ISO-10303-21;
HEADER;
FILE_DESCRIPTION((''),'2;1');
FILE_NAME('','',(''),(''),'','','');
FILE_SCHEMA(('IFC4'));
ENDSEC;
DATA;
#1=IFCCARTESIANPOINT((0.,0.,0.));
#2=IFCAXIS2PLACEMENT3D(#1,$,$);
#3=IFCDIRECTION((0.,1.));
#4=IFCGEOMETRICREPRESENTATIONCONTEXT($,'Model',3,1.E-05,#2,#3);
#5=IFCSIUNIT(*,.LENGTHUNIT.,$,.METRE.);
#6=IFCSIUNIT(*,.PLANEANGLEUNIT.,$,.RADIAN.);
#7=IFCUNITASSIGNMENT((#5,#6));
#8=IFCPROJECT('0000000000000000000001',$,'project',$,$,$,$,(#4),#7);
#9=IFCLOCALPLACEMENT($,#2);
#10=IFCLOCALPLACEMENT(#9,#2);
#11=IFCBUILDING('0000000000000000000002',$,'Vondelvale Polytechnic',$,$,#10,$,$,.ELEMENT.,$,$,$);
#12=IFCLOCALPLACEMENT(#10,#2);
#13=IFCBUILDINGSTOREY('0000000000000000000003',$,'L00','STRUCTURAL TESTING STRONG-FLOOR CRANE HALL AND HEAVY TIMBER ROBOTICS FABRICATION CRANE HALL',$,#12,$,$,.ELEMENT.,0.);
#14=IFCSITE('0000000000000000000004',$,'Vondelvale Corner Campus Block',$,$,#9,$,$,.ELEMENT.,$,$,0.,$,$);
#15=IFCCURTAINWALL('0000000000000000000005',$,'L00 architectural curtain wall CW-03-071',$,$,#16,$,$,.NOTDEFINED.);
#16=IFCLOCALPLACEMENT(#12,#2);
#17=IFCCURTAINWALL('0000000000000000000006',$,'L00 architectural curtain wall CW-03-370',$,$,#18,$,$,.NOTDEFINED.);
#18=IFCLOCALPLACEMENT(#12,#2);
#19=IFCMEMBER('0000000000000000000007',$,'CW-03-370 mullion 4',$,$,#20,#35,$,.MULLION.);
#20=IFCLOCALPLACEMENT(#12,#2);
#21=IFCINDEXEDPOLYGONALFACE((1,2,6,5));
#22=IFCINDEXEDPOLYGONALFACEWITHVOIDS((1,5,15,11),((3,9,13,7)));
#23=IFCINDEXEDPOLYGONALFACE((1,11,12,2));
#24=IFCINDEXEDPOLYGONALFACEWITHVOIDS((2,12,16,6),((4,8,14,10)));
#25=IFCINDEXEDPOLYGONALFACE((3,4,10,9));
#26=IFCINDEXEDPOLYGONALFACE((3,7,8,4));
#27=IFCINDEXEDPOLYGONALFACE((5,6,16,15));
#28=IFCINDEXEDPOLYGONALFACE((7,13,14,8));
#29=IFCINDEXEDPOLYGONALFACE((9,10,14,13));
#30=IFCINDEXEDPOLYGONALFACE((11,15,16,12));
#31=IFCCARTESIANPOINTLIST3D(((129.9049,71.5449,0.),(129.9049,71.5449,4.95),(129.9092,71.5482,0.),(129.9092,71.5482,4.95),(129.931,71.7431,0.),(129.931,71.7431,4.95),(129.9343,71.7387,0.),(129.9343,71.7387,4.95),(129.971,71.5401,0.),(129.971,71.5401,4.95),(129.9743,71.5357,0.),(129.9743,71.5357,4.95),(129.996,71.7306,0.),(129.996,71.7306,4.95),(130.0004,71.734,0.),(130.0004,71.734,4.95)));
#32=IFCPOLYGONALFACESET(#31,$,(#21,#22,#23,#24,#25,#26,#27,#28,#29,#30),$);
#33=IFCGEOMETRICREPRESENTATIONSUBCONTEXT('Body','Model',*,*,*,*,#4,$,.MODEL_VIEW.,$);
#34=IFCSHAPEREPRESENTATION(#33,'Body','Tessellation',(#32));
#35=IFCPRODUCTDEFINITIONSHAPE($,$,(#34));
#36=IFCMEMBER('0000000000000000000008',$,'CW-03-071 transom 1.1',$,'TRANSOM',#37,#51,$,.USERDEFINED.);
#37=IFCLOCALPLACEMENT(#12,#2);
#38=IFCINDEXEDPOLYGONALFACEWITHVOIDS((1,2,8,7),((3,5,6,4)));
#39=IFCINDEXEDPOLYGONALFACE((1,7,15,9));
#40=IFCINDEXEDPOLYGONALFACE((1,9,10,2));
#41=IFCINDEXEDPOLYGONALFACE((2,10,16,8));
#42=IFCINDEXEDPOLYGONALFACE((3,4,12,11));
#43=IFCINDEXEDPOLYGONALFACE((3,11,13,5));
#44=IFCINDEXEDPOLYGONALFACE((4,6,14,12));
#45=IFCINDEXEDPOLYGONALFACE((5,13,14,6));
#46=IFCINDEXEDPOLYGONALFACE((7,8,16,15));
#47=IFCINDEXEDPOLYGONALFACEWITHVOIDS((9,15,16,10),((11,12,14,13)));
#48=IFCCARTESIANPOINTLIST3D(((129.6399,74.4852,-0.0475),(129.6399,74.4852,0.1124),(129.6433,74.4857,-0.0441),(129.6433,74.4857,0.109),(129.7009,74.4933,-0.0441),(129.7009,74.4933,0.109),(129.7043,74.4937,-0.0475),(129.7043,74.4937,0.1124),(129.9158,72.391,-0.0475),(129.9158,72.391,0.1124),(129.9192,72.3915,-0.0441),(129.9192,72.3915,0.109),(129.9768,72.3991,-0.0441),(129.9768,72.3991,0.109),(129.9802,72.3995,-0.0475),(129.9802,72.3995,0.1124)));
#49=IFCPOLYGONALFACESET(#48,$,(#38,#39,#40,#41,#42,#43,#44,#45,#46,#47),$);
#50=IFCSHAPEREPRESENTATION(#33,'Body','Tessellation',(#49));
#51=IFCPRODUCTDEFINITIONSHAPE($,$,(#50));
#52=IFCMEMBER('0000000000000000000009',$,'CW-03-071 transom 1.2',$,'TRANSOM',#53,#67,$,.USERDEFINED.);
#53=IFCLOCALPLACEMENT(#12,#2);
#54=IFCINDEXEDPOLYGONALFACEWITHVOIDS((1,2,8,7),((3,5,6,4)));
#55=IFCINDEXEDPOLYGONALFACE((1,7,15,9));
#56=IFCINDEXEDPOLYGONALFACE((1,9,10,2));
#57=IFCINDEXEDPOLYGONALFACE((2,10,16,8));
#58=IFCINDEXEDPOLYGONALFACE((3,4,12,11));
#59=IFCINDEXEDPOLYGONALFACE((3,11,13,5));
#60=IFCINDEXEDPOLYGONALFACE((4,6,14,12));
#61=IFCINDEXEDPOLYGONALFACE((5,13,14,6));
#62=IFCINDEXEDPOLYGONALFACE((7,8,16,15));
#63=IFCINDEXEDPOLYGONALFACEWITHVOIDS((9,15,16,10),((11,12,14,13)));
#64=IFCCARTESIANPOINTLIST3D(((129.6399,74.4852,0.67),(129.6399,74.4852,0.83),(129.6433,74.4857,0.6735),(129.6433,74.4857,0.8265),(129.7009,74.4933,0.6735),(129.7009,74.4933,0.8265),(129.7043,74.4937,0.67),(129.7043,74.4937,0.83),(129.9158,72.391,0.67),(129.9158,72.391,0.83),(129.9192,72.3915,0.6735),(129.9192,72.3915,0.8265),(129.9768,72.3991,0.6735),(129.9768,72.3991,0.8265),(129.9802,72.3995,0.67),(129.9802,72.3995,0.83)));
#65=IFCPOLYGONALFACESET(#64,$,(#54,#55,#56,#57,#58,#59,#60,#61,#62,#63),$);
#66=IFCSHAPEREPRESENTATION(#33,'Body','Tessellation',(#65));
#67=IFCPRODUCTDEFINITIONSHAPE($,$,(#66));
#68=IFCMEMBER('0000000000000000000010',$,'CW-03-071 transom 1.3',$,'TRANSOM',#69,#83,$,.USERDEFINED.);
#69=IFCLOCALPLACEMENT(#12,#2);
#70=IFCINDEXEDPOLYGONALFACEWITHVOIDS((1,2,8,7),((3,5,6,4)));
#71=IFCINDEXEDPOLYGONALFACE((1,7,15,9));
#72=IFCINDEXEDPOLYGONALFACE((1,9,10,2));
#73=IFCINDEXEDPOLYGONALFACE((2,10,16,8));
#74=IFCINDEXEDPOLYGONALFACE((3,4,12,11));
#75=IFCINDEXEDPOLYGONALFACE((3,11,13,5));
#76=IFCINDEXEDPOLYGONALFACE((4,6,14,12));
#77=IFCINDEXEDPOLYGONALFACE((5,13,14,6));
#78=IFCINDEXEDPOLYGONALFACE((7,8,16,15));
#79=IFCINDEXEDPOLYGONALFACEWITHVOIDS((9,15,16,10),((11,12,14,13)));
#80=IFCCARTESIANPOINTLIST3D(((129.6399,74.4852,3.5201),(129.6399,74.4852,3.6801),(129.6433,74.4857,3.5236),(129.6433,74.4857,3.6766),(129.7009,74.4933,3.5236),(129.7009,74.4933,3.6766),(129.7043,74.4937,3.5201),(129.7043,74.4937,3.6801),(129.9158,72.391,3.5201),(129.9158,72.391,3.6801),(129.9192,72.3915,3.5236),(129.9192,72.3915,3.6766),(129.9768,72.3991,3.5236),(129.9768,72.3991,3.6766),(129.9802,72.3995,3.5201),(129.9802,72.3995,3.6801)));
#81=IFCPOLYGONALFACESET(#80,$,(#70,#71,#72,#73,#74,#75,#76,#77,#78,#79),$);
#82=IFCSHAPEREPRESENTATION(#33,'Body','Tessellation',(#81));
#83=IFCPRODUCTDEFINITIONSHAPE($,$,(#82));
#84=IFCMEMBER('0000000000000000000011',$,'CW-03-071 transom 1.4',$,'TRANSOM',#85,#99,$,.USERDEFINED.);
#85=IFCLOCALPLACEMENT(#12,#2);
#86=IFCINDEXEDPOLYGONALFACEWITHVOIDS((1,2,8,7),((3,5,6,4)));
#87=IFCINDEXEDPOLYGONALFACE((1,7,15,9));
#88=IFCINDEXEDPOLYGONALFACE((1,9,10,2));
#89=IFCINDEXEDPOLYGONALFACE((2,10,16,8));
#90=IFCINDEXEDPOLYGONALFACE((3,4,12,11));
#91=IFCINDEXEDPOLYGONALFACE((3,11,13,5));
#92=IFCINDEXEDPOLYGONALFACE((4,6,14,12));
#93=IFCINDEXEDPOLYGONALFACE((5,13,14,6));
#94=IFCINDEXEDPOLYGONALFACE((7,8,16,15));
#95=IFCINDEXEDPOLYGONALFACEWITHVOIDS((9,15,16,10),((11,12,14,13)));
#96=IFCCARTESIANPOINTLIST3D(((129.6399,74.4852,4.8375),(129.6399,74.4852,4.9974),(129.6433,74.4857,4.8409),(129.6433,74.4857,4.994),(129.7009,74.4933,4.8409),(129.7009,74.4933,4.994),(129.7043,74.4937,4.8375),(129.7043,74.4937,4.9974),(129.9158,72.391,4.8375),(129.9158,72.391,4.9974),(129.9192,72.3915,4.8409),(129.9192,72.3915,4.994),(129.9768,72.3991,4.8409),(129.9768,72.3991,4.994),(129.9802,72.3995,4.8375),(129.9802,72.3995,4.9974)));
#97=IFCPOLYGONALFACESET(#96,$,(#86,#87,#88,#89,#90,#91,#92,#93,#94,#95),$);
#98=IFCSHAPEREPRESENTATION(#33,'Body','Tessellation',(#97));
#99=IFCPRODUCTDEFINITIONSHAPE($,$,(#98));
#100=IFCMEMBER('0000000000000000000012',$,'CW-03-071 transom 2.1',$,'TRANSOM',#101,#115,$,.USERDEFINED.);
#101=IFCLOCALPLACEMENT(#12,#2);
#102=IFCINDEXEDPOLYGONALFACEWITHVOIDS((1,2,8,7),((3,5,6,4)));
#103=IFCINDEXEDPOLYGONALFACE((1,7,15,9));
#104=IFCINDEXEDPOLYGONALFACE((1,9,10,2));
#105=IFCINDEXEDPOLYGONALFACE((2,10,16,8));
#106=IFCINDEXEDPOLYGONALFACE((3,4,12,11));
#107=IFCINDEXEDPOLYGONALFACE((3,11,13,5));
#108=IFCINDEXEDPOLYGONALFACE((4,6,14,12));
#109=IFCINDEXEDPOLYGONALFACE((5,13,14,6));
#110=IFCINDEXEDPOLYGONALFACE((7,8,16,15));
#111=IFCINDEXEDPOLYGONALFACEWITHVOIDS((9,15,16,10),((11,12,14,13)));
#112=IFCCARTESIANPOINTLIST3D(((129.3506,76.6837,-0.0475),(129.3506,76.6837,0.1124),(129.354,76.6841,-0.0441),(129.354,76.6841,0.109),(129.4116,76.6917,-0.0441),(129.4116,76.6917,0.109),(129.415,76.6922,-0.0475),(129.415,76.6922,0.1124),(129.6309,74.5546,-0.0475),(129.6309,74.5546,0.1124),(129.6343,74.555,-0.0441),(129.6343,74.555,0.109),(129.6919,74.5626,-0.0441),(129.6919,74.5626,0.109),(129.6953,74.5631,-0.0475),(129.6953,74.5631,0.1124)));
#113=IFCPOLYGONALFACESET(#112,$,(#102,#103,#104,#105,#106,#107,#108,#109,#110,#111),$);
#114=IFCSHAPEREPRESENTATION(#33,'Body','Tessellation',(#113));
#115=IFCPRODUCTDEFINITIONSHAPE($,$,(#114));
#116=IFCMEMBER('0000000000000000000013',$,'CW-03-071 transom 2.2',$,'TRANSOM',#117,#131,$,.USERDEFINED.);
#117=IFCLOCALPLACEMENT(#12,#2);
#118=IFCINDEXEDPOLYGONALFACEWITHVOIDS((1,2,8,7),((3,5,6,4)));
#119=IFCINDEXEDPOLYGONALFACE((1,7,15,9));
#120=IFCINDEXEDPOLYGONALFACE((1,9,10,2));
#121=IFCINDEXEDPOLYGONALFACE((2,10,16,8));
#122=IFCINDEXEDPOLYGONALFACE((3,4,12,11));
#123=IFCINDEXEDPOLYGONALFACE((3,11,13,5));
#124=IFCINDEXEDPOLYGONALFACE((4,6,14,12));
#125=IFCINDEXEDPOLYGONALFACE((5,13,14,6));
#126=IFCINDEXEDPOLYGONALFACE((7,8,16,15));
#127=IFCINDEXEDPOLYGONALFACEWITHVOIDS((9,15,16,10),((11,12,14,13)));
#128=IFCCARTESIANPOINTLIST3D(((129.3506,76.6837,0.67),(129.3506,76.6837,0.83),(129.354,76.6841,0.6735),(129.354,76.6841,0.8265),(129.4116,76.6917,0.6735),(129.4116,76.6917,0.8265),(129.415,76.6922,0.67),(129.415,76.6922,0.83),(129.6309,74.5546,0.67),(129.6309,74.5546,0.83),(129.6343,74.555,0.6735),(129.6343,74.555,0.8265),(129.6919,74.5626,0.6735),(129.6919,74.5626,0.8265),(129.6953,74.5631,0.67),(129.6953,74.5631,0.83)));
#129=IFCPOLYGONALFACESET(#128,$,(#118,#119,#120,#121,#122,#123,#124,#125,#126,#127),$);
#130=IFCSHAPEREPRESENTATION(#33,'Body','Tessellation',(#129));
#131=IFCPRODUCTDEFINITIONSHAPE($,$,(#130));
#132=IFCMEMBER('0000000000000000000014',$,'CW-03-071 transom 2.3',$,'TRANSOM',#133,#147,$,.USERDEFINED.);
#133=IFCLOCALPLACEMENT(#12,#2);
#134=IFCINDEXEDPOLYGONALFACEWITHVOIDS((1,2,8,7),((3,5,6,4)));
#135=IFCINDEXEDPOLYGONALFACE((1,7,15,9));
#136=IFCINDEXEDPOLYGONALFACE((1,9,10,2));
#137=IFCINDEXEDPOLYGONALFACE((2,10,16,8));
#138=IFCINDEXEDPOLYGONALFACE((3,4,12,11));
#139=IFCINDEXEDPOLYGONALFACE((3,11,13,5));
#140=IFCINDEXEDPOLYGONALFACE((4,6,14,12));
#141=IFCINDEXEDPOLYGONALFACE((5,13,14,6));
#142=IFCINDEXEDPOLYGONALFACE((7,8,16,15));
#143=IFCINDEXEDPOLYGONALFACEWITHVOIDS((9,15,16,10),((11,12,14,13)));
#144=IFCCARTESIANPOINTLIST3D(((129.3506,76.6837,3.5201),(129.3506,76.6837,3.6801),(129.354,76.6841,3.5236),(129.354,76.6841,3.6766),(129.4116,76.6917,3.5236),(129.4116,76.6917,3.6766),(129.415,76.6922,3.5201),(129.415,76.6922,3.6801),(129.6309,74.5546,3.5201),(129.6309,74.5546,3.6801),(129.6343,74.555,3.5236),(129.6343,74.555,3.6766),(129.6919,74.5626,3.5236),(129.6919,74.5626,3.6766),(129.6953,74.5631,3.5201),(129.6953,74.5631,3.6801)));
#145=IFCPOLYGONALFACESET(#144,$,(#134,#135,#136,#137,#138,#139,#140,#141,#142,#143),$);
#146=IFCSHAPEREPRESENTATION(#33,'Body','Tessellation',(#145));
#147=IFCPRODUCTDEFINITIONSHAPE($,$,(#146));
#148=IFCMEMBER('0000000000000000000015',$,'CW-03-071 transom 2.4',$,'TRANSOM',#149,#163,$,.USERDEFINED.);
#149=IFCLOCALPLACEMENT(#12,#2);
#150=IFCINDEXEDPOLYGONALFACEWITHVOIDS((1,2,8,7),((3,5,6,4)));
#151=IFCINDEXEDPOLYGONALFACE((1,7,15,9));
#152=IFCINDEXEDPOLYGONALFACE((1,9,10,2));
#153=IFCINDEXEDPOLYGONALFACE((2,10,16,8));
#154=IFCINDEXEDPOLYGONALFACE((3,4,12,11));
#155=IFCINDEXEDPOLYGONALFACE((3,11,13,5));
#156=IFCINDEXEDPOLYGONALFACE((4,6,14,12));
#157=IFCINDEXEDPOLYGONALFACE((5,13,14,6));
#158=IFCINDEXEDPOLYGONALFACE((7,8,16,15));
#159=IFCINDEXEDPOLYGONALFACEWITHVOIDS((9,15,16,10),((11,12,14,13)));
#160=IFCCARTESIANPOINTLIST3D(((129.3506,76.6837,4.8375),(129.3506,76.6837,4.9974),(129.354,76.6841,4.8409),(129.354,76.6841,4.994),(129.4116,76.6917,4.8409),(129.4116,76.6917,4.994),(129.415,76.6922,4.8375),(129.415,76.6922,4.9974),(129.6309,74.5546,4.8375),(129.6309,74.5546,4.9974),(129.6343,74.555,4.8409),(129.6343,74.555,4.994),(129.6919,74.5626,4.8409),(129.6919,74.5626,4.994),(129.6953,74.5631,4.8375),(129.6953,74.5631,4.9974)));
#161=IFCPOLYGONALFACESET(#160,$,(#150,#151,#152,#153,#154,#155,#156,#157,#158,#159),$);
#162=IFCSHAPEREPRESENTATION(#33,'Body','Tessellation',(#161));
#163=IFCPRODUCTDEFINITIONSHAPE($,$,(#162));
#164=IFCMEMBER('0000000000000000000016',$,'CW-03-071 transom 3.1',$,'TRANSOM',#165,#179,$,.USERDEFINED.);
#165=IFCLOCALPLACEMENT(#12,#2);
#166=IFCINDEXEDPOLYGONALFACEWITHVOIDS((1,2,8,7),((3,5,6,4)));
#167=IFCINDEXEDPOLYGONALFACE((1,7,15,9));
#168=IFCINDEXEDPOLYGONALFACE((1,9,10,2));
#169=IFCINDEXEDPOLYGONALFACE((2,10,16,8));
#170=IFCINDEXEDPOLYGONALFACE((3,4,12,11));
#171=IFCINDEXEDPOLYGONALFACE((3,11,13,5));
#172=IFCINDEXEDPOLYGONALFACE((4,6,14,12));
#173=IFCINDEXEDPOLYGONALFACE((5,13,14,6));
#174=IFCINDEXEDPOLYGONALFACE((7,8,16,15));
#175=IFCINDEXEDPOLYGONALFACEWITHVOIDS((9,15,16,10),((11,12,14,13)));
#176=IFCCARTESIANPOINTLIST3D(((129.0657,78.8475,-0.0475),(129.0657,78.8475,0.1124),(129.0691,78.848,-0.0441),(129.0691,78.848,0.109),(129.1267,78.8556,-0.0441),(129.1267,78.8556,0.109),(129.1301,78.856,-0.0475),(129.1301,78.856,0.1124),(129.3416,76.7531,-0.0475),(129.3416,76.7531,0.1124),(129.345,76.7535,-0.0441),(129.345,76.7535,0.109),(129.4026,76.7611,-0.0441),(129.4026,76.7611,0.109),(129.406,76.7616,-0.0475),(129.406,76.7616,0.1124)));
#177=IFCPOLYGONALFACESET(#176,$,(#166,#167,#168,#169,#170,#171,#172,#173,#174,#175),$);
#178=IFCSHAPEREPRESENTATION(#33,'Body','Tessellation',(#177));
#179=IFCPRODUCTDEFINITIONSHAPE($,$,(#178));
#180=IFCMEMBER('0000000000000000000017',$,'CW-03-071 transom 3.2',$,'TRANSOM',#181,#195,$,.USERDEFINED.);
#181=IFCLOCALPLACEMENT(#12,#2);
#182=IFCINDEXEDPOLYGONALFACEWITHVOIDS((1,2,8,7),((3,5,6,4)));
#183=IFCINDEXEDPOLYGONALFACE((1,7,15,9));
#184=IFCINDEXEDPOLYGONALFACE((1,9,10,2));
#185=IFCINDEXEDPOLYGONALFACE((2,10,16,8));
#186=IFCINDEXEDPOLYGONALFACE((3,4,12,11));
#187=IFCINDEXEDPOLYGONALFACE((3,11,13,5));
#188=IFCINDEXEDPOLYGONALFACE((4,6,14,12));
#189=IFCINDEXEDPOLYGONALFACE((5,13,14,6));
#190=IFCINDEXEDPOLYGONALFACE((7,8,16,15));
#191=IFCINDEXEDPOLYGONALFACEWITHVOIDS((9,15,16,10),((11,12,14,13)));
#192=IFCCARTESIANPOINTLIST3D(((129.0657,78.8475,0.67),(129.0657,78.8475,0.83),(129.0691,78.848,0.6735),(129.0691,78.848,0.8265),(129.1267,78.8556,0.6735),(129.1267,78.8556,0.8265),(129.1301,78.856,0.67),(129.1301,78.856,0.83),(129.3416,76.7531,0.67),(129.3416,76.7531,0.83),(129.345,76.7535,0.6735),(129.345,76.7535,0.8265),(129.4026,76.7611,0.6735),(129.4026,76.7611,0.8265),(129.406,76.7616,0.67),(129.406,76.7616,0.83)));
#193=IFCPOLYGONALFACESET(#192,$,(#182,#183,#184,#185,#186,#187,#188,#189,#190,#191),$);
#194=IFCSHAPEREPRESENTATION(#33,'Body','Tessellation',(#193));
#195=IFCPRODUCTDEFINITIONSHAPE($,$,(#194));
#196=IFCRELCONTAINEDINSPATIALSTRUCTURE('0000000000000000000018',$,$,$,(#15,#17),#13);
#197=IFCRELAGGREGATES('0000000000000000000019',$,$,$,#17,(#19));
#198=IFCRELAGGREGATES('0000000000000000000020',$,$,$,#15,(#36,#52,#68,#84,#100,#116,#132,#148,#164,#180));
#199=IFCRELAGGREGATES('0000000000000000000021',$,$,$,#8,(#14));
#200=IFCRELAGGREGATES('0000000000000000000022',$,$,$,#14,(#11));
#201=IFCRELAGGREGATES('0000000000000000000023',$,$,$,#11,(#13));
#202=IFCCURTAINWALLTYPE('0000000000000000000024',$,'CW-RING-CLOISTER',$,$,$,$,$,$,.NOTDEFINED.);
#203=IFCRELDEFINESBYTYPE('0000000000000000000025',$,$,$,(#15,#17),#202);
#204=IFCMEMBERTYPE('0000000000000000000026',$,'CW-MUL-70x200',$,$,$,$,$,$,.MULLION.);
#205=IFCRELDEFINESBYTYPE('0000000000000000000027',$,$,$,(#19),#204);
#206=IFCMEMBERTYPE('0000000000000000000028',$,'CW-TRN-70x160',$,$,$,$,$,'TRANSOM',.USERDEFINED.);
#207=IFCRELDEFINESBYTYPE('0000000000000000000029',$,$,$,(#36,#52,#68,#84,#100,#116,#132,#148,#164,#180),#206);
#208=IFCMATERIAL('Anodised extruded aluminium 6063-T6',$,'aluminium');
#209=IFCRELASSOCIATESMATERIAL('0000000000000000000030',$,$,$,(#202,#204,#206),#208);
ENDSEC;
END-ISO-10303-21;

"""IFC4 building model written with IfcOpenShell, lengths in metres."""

from ifc_helpers import new_model, si_unit, direction, frame, origin, origin_2d, place, context, subcontext, project, spatial, hollow_rectangle, extrude, material, material_profile, profile_set, type_object, element, aggregate, save


model = new_model("IFC4")

# Units and contexts
model_context = context("Model", 3, precision=1e-05, world=origin(), true_north=direction((0.0, 1.0)))
body_context = subcontext(model_context, "Body", "Model", "MODEL_VIEW")
ifc_project = project(units=[si_unit("LENGTHUNIT", "METRE"), si_unit("PLANEANGLEUNIT", "RADIAN")], contexts=[model_context])

# Site, building, storey
site_placement = place(None, origin())
site = spatial("IfcSite", under=ifc_project, at=site_placement, Name="Vondelvale Corner Campus Block", CompositionType="ELEMENT", RefElevation=0.0)
building_placement = place(site_placement, origin())
building = spatial("IfcBuilding", under=site, at=building_placement, Name="Vondelvale Polytechnic", CompositionType="ELEMENT")
storey_placement = place(building_placement, origin())
storey = spatial("IfcBuildingStorey", under=building, at=storey_placement, Name="L00", Description="STRUCTURAL TESTING STRONG-FLOOR CRANE HALL AND HEAVY TIMBER ROBOTICS FABRICATION CRANE HALL", CompositionType="ELEMENT", Elevation=0.0)

# Curtain wall
ifc_material_1 = material(Name="Anodised extruded aluminium 6063-T6", Category="aluminium")
curtain_wall_type = type_object("IfcCurtainWallType", Name="CW-RING-CLOISTER", PredefinedType="NOTDEFINED", material=ifc_material_1)
curtain_wall_1_placement = place(storey_placement, origin())
curtain_wall_1 = element("IfcCurtainWall", 1, at=curtain_wall_1_placement, inside=storey, type_object=curtain_wall_type, Name="L00 architectural curtain wall CW-03-071", PredefinedType="NOTDEFINED")
ifc_material_profile_1 = material_profile(ifc_material_1, hollow_rectangle(XDim=0.0701, YDim=0.2, WallThickness=0.0039, at=origin_2d()), Name="CW-MUL-200x70")
ifc_profile_set_1 = profile_set([ifc_material_profile_1], Name="Anodised extruded aluminium 6063-T6")
member_type_1 = type_object("IfcMemberType", Name="CW-MUL-70x200", PredefinedType="MULLION", material=ifc_profile_set_1)

# Curtain wall, member
curtain_wall_2_placement = place(storey_placement, origin())
curtain_wall_2 = element("IfcCurtainWall", 2, at=curtain_wall_2_placement, inside=storey, type_object=curtain_wall_type, Name="L00 architectural curtain wall CW-03-370", PredefinedType="NOTDEFINED")
member_1_placement = place(storey_placement, frame((129.9526, 71.6394, 0.0), z_axis=(0.0, 0.0, 1.0), x_axis=(-0.991445, 0.130528, 0.0)))
member_1 = element("IfcMember", 3, at=member_1_placement, type_object=member_type_1, Name="CW-03-370 mullion 4", PredefinedType="MULLION", context=body_context, shape_type="SweptSolid", body=[
    extrude(hollow_rectangle(XDim=0.0701, YDim=0.2, WallThickness=0.0039, at=origin_2d()), origin(), (0.0, 0.0, 1.0), 4.95),
])

# Members
ifc_material_profile_2 = material_profile(ifc_material_1, hollow_rectangle(XDim=0.0649, YDim=0.1599, WallThickness=0.0034, at=origin_2d()), Name="CW-TRN-160x65")
ifc_profile_set_2 = profile_set([ifc_material_profile_2], Name="Anodised extruded aluminium 6063-T6")
member_type_2 = type_object("IfcMemberType", Name="CW-TRN-70x160", ElementType="TRANSOM", PredefinedType="USERDEFINED", material=ifc_profile_set_2)
member_2_placement = place(storey_placement, frame((129.948, 72.3953, 0.0325), z_axis=(-0.130604, 0.991435, 0.0), x_axis=(-0.991435, -0.130604, 0.0)))
member_2 = element("IfcMember", 4, at=member_2_placement, type_object=member_type_2, Name="CW-03-071 transom 1.1", ObjectType="TRANSOM", PredefinedType="USERDEFINED", context=body_context, shape_type="SweptSolid", body=[
    extrude(hollow_rectangle(XDim=0.0649, YDim=0.1599, WallThickness=0.0034, at=origin_2d()), origin(), (0.0, 0.0, 1.0), 2.1123),
])
member_3_placement = place(storey_placement, frame((129.948, 72.3953, 0.75), z_axis=(-0.130604, 0.991435, 0.0), x_axis=(-0.991435, -0.130604, 0.0)))
member_3 = element("IfcMember", 5, at=member_3_placement, type_object=member_type_2, Name="CW-03-071 transom 1.2", ObjectType="TRANSOM", PredefinedType="USERDEFINED", context=body_context, shape_type="SweptSolid", body=[
    extrude(hollow_rectangle(XDim=0.0649, YDim=0.1599, WallThickness=0.0034, at=origin_2d()), origin(), (0.0, 0.0, 1.0), 2.1123),
])
member_4_placement = place(storey_placement, frame((129.948, 72.3953, 3.6001), z_axis=(-0.130604, 0.991435, 0.0), x_axis=(-0.991435, -0.130604, 0.0)))
member_4 = element("IfcMember", 6, at=member_4_placement, type_object=member_type_2, Name="CW-03-071 transom 1.3", ObjectType="TRANSOM", PredefinedType="USERDEFINED", context=body_context, shape_type="SweptSolid", body=[
    extrude(hollow_rectangle(XDim=0.0649, YDim=0.1599, WallThickness=0.0034, at=origin_2d()), origin(), (0.0, 0.0, 1.0), 2.1123),
])
member_5_placement = place(storey_placement, frame((129.948, 72.3953, 4.9175), z_axis=(-0.130604, 0.991435, 0.0), x_axis=(-0.991435, -0.130604, 0.0)))
member_5 = element("IfcMember", 7, at=member_5_placement, type_object=member_type_2, Name="CW-03-071 transom 1.4", ObjectType="TRANSOM", PredefinedType="USERDEFINED", context=body_context, shape_type="SweptSolid", body=[
    extrude(hollow_rectangle(XDim=0.0649, YDim=0.1599, WallThickness=0.0034, at=origin_2d()), origin(), (0.0, 0.0, 1.0), 2.1123),
])
member_6_placement = place(storey_placement, frame((129.6631, 74.5588, 0.0325), z_axis=(-0.13051, 0.991447, 0.0), x_axis=(-0.991447, -0.13051, 0.0)))
member_6 = element("IfcMember", 8, at=member_6_placement, type_object=member_type_2, Name="CW-03-071 transom 2.1", ObjectType="TRANSOM", PredefinedType="USERDEFINED", context=body_context, shape_type="SweptSolid", body=[
    extrude(hollow_rectangle(XDim=0.0649, YDim=0.1599, WallThickness=0.0034, at=origin_2d()), origin(), (0.0, 0.0, 1.0), 2.1475),
])
member_7_placement = place(storey_placement, frame((129.6631, 74.5588, 0.75), z_axis=(-0.13051, 0.991447, 0.0), x_axis=(-0.991447, -0.13051, 0.0)))
member_7 = element("IfcMember", 9, at=member_7_placement, type_object=member_type_2, Name="CW-03-071 transom 2.2", ObjectType="TRANSOM", PredefinedType="USERDEFINED", context=body_context, shape_type="SweptSolid", body=[
    extrude(hollow_rectangle(XDim=0.0649, YDim=0.1599, WallThickness=0.0034, at=origin_2d()), origin(), (0.0, 0.0, 1.0), 2.1475),
])
member_8_placement = place(storey_placement, frame((129.6631, 74.5588, 3.6001), z_axis=(-0.13051, 0.991447, 0.0), x_axis=(-0.991447, -0.13051, 0.0)))
member_8 = element("IfcMember", 10, at=member_8_placement, type_object=member_type_2, Name="CW-03-071 transom 2.3", ObjectType="TRANSOM", PredefinedType="USERDEFINED", context=body_context, shape_type="SweptSolid", body=[
    extrude(hollow_rectangle(XDim=0.0649, YDim=0.1599, WallThickness=0.0034, at=origin_2d()), origin(), (0.0, 0.0, 1.0), 2.1475),
])
member_9_placement = place(storey_placement, frame((129.6631, 74.5588, 4.9175), z_axis=(-0.13051, 0.991447, 0.0), x_axis=(-0.991447, -0.13051, 0.0)))
member_9 = element("IfcMember", 11, at=member_9_placement, type_object=member_type_2, Name="CW-03-071 transom 2.4", ObjectType="TRANSOM", PredefinedType="USERDEFINED", context=body_context, shape_type="SweptSolid", body=[
    extrude(hollow_rectangle(XDim=0.0649, YDim=0.1599, WallThickness=0.0034, at=origin_2d()), origin(), (0.0, 0.0, 1.0), 2.1475),
])
member_10_placement = place(storey_placement, frame((129.3738, 76.7573, 0.0325), z_axis=(-0.130589, 0.991437, 0.0), x_axis=(-0.991437, -0.130589, 0.0)))
member_10 = element("IfcMember", 12, at=member_10_placement, type_object=member_type_2, Name="CW-03-071 transom 3.1", ObjectType="TRANSOM", PredefinedType="USERDEFINED", context=body_context, shape_type="SweptSolid", body=[
    extrude(hollow_rectangle(XDim=0.0649, YDim=0.1599, WallThickness=0.0034, at=origin_2d()), origin(), (0.0, 0.0, 1.0), 2.1125),
])
member_11_placement = place(storey_placement, frame((129.3738, 76.7573, 0.75), z_axis=(-0.130589, 0.991437, 0.0), x_axis=(-0.991437, -0.130589, 0.0)))
member_11 = element("IfcMember", 13, at=member_11_placement, type_object=member_type_2, Name="CW-03-071 transom 3.2", ObjectType="TRANSOM", PredefinedType="USERDEFINED", context=body_context, shape_type="SweptSolid", body=[
    extrude(hollow_rectangle(XDim=0.0649, YDim=0.1599, WallThickness=0.0034, at=origin_2d()), origin(), (0.0, 0.0, 1.0), 2.1125),
])

aggregate(curtain_wall_2, [member_1])
aggregate(curtain_wall_1, [member_2, member_3, member_4, member_5, member_6, member_7, member_8, member_9, member_10, member_11])

save(model, "model.ifc")
